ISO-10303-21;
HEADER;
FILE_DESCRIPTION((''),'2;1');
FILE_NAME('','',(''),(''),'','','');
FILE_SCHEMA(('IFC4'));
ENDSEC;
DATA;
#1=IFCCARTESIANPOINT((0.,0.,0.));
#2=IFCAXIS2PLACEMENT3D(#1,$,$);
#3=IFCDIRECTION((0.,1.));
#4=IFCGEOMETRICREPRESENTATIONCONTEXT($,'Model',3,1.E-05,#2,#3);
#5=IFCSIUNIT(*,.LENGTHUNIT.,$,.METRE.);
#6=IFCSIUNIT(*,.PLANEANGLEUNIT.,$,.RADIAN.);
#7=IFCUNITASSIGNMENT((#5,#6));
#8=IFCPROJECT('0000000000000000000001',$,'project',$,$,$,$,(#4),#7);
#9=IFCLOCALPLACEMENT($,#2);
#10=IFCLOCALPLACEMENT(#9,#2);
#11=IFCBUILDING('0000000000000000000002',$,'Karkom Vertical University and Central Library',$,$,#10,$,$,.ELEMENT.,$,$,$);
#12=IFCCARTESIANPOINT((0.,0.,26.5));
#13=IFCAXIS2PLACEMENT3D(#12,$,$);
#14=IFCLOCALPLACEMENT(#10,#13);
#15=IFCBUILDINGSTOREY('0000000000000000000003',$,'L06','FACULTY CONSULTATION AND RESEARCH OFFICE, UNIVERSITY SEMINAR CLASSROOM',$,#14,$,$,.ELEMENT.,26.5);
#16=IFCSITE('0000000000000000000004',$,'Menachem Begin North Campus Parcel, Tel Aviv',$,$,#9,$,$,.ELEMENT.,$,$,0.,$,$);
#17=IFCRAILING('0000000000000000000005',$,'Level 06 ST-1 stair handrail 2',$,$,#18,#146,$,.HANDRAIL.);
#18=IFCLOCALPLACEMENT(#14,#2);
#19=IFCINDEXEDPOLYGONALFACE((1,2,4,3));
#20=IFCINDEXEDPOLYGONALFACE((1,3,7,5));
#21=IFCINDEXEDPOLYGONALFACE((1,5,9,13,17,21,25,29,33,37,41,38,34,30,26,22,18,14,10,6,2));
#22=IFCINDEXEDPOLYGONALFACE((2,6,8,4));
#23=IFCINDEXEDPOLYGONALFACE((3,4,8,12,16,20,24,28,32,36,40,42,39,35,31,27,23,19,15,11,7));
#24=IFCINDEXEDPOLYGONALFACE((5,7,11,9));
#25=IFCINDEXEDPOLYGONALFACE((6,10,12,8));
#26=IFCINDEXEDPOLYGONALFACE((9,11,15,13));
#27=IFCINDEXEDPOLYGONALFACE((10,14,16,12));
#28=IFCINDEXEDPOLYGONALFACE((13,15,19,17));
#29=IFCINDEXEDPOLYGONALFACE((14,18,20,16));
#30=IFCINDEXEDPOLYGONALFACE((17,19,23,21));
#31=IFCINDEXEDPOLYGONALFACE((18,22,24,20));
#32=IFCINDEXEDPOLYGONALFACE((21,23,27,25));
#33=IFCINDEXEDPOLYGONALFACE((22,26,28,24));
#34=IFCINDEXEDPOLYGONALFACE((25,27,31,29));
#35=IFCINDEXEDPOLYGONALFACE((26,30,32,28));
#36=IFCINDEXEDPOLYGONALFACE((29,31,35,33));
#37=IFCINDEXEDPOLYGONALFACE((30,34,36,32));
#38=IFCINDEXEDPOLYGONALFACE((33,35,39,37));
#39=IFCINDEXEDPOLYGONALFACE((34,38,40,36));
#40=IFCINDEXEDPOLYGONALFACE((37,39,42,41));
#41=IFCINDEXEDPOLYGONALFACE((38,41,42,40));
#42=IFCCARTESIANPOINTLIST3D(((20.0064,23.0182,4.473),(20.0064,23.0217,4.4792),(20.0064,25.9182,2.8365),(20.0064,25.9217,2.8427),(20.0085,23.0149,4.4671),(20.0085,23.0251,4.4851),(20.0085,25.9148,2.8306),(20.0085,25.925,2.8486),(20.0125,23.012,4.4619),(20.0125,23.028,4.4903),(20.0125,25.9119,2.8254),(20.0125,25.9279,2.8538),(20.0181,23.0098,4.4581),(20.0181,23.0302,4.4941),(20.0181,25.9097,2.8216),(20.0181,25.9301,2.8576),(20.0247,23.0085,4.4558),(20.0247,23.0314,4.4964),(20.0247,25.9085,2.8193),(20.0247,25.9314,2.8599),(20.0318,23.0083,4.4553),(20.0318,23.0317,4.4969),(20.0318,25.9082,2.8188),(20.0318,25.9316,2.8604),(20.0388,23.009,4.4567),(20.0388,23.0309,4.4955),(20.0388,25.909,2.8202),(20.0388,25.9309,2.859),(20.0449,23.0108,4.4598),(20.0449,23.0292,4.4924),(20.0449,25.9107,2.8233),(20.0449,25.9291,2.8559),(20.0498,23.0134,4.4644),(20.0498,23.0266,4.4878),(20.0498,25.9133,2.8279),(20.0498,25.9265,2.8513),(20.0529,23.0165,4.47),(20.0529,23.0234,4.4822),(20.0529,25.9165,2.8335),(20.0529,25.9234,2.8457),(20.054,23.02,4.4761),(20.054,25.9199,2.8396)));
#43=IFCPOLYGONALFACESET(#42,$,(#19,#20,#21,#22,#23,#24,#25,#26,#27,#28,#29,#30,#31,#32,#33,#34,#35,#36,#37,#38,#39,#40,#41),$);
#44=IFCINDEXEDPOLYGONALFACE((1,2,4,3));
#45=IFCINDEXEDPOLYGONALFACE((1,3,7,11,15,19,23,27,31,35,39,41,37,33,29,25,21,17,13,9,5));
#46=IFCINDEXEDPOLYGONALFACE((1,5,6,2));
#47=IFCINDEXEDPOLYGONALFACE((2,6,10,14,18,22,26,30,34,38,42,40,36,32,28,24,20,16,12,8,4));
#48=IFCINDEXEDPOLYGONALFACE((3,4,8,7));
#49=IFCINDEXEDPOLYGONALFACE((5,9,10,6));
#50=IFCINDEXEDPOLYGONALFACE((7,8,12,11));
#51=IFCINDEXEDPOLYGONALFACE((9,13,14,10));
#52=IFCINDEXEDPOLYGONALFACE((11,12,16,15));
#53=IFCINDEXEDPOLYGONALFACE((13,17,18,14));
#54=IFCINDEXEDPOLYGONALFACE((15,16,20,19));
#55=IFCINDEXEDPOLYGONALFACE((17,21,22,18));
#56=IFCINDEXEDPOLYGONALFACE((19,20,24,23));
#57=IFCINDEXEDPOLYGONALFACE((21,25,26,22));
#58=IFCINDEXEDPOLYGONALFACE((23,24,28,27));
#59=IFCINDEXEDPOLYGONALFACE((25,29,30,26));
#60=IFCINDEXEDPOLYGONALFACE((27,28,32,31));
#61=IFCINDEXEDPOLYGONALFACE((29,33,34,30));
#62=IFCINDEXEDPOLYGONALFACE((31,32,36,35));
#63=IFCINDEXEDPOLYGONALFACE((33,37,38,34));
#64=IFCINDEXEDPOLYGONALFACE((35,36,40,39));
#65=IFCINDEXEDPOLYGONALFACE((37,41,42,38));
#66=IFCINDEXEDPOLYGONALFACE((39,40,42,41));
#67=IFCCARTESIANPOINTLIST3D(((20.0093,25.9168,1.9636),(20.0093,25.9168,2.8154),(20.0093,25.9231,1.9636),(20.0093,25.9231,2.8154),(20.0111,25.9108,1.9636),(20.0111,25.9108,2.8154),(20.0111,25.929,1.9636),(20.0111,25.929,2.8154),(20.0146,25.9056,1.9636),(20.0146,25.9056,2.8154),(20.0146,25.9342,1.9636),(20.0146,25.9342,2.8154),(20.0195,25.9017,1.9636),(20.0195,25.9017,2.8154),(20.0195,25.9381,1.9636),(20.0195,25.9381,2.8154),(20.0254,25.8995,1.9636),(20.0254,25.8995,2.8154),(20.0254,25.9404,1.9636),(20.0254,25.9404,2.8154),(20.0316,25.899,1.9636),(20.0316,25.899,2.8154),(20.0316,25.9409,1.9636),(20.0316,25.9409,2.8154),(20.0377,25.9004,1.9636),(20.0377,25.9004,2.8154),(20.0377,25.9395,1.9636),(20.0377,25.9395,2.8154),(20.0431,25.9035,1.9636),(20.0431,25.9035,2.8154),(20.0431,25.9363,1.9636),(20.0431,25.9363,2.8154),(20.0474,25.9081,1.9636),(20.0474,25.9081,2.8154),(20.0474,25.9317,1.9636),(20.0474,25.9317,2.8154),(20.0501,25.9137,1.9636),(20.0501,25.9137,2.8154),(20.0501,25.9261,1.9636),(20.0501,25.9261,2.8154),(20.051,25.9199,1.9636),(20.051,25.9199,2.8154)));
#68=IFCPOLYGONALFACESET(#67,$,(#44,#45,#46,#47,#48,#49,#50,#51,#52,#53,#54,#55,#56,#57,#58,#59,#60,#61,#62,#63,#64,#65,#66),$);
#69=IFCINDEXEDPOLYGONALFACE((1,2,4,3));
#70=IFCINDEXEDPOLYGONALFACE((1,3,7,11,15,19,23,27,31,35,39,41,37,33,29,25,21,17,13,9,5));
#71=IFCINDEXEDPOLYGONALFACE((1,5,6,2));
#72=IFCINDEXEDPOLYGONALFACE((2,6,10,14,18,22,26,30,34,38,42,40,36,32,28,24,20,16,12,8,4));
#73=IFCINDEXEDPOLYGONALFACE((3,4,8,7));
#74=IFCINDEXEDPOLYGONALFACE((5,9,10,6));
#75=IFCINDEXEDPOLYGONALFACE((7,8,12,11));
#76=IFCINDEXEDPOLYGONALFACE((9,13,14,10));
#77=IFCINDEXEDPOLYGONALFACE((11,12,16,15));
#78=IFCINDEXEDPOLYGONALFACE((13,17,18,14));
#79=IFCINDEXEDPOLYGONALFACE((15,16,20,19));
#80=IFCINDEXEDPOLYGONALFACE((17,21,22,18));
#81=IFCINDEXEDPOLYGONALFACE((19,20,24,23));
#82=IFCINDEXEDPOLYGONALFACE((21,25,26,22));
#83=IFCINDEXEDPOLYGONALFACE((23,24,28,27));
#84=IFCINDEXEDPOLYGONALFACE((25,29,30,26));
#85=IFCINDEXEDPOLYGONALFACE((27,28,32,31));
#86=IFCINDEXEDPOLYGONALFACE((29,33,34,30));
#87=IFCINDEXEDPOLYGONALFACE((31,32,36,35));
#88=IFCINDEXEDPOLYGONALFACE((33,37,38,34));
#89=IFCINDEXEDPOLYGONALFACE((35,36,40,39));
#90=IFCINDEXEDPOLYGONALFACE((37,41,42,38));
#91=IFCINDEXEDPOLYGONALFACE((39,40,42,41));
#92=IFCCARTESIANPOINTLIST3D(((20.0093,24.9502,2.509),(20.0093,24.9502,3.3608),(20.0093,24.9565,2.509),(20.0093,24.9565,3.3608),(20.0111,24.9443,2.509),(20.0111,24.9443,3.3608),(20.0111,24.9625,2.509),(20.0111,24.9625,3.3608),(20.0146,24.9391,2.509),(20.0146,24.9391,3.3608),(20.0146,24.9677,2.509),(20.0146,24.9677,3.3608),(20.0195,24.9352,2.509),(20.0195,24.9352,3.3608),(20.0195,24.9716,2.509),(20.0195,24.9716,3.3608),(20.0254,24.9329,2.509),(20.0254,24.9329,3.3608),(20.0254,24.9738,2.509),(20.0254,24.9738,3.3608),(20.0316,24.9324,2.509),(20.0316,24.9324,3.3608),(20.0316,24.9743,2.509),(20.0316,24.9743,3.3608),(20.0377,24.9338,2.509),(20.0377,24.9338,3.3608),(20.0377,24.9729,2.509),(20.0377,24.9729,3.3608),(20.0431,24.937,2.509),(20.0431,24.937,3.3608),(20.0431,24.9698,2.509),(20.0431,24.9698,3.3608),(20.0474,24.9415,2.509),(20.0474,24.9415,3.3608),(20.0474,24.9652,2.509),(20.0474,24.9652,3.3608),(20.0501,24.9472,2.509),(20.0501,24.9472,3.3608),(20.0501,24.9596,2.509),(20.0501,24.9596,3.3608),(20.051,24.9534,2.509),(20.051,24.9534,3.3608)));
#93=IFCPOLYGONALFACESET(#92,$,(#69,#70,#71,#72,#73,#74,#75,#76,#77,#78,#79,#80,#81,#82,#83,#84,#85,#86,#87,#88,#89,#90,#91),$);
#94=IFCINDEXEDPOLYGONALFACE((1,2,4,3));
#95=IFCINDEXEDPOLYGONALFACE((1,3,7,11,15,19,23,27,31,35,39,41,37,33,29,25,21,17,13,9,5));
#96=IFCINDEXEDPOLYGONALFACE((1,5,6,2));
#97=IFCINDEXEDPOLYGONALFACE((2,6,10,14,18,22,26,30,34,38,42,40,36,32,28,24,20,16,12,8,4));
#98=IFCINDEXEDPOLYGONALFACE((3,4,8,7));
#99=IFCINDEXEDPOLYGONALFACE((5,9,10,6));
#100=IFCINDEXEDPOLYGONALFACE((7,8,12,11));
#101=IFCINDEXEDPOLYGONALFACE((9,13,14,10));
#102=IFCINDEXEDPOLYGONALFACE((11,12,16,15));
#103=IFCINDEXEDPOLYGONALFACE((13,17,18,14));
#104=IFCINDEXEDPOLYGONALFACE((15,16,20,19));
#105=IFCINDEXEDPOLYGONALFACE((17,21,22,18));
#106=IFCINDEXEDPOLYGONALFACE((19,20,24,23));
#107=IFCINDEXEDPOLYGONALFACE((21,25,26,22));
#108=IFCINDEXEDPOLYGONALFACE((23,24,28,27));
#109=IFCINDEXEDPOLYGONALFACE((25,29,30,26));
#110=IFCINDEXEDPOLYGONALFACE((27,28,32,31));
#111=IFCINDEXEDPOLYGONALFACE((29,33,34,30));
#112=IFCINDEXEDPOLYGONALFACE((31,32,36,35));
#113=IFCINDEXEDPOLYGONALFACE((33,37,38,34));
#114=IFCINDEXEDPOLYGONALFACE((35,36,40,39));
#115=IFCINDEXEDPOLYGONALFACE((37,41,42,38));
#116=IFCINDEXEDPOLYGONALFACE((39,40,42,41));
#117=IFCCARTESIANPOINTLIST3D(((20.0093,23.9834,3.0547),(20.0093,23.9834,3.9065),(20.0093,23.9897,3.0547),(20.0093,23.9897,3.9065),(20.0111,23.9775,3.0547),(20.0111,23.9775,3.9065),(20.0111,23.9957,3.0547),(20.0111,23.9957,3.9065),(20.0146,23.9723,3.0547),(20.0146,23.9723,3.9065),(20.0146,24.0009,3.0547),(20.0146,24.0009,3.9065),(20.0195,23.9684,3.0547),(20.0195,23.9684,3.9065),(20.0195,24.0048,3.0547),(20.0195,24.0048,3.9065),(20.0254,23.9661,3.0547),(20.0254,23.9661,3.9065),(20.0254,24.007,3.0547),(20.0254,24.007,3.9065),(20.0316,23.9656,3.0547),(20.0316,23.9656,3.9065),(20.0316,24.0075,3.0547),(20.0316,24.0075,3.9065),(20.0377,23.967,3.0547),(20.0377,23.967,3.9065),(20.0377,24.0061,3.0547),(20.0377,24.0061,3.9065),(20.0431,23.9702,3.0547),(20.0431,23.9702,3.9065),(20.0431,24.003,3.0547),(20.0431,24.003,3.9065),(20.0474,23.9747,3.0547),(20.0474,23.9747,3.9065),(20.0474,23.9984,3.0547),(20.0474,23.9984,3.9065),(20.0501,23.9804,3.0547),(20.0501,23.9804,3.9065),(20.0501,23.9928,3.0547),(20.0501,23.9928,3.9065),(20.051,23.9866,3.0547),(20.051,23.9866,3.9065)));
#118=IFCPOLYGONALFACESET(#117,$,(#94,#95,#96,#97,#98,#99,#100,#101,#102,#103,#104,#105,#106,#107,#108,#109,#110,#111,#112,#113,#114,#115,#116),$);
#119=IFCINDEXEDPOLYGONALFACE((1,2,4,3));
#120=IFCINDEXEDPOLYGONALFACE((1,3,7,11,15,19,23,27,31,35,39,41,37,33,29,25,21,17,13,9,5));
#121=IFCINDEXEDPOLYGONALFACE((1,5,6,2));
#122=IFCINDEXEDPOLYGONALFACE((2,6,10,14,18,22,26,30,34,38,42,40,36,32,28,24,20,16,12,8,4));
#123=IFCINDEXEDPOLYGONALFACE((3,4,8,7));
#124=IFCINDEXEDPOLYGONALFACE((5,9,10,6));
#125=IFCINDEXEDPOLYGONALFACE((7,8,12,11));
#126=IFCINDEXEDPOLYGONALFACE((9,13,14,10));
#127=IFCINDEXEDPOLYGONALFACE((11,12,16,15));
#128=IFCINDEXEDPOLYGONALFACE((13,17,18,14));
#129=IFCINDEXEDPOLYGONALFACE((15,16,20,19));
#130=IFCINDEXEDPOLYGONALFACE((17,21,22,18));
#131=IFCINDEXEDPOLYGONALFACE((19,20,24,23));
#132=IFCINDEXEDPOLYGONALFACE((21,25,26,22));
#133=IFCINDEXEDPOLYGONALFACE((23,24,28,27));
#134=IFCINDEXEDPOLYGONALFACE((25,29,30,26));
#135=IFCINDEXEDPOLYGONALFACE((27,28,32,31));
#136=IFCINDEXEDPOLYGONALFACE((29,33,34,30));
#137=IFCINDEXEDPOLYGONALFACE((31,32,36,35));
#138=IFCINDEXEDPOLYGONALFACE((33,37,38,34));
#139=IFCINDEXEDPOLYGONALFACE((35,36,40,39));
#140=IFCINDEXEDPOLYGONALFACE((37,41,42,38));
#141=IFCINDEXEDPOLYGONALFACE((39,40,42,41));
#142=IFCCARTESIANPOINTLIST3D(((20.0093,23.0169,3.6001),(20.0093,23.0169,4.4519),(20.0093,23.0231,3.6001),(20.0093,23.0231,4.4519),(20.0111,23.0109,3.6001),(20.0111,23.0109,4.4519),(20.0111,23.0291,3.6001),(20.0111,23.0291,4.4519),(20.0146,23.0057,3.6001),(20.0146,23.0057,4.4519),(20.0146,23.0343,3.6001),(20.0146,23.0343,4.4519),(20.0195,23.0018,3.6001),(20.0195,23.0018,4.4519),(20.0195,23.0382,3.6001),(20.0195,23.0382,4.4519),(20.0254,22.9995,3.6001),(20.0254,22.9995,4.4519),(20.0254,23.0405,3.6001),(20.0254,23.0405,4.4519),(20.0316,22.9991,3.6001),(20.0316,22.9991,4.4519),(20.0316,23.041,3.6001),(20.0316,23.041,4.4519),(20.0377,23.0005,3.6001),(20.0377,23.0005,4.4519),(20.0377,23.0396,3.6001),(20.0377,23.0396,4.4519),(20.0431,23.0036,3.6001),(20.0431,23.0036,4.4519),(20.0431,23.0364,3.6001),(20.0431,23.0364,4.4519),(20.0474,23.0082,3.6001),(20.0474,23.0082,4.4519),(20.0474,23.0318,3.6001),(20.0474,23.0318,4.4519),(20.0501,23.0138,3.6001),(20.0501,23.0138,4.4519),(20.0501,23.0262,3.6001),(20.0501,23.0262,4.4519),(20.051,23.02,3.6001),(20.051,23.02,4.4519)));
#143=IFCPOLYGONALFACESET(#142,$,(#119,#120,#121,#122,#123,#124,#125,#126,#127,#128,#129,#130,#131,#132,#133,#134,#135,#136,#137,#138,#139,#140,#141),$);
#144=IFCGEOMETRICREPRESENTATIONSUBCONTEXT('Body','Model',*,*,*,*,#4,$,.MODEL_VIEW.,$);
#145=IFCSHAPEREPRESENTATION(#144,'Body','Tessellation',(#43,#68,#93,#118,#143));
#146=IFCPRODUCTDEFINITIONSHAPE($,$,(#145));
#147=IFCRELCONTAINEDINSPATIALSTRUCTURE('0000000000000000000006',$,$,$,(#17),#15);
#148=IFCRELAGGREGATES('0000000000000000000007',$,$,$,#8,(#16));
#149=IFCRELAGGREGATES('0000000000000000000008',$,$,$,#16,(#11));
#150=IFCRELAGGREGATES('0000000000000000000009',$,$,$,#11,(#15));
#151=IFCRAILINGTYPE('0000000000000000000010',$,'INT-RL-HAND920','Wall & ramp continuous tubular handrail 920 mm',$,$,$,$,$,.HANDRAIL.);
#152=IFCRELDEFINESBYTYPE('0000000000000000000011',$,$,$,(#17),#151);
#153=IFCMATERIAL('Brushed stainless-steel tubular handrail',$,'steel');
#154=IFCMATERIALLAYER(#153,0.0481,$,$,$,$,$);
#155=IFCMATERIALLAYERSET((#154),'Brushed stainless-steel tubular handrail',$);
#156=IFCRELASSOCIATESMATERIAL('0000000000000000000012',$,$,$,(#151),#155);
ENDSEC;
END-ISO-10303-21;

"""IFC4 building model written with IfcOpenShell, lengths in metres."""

from ifc_helpers import new_model, si_unit, direction, frame, origin, origin_2d, place, context, subcontext, project, spatial, circle, extrude, material, layer, layer_set, type_object, element, save


model = new_model("IFC4")

# Units and contexts
model_context = context("Model", 3, precision=1e-05, world=origin(), true_north=direction((0.0, 1.0)))
body_context = subcontext(model_context, "Body", "Model", "MODEL_VIEW")
ifc_project = project(units=[si_unit("LENGTHUNIT", "METRE"), si_unit("PLANEANGLEUNIT", "RADIAN")], contexts=[model_context])

# Site, building, storey
site_placement = place(None, origin())
site = spatial("IfcSite", under=ifc_project, at=site_placement, Name="Menachem Begin North Campus Parcel, Tel Aviv", CompositionType="ELEMENT", RefElevation=0.0)
building_placement = place(site_placement, origin())
building = spatial("IfcBuilding", under=site, at=building_placement, Name="Karkom Vertical University and Central Library", CompositionType="ELEMENT")
storey_placement = place(building_placement, frame((0.0, 0.0, 26.5)))
storey = spatial("IfcBuildingStorey", under=building, at=storey_placement, Name="L06", Description="FACULTY CONSULTATION AND RESEARCH OFFICE, UNIVERSITY SEMINAR CLASSROOM", CompositionType="ELEMENT", Elevation=26.5)

# Railing
ifc_material_1 = material(Name="Brushed stainless-steel tubular handrail", Category="steel")
ifc_layer_1 = layer(ifc_material_1, 0.0481)
ifc_layer_set_1 = layer_set([ifc_layer_1], Name="Brushed stainless-steel tubular handrail")
railing_type_1 = type_object("IfcRailingType", Name="INT-RL-HAND920", Description="Wall & ramp continuous tubular handrail 920 mm", PredefinedType="HANDRAIL", material=ifc_layer_set_1)
railing_1_placement = place(storey_placement, frame((20.03, 25.9199, 1.9636)))
element("IfcRailing", 1, at=railing_1_placement, inside=storey, type_object=railing_type_1, Name="Level 06 ST-1 stair handrail 2", PredefinedType="HANDRAIL", context=body_context, shape_type="SweptSolid", body=[
    extrude(circle(Radius=0.0239, at=origin_2d()), frame((0.0, 0.0, 0.876), z_axis=(0.0, -0.870897, 0.491465), x_axis=(1.0, 0.0, 0.0)), (0.0, 0.0, 1.0), 3.3298),
    extrude(circle(Radius=0.021, at=origin_2d()), origin(), (0.0, 0.0, 1.0), 0.8518),
    extrude(circle(Radius=0.021, at=origin_2d()), frame((0.0, -0.9666, 0.5454)), (0.0, 0.0, 1.0), 0.8518),
    extrude(circle(Radius=0.021, at=origin_2d()), frame((0.0, -1.9333, 1.0911)), (0.0, 0.0, 1.0), 0.8518),
    extrude(circle(Radius=0.021, at=origin_2d()), frame((0.0, -2.8999, 1.6365)), (0.0, 0.0, 1.0), 0.8518),
])

save(model, "model.ifc")
